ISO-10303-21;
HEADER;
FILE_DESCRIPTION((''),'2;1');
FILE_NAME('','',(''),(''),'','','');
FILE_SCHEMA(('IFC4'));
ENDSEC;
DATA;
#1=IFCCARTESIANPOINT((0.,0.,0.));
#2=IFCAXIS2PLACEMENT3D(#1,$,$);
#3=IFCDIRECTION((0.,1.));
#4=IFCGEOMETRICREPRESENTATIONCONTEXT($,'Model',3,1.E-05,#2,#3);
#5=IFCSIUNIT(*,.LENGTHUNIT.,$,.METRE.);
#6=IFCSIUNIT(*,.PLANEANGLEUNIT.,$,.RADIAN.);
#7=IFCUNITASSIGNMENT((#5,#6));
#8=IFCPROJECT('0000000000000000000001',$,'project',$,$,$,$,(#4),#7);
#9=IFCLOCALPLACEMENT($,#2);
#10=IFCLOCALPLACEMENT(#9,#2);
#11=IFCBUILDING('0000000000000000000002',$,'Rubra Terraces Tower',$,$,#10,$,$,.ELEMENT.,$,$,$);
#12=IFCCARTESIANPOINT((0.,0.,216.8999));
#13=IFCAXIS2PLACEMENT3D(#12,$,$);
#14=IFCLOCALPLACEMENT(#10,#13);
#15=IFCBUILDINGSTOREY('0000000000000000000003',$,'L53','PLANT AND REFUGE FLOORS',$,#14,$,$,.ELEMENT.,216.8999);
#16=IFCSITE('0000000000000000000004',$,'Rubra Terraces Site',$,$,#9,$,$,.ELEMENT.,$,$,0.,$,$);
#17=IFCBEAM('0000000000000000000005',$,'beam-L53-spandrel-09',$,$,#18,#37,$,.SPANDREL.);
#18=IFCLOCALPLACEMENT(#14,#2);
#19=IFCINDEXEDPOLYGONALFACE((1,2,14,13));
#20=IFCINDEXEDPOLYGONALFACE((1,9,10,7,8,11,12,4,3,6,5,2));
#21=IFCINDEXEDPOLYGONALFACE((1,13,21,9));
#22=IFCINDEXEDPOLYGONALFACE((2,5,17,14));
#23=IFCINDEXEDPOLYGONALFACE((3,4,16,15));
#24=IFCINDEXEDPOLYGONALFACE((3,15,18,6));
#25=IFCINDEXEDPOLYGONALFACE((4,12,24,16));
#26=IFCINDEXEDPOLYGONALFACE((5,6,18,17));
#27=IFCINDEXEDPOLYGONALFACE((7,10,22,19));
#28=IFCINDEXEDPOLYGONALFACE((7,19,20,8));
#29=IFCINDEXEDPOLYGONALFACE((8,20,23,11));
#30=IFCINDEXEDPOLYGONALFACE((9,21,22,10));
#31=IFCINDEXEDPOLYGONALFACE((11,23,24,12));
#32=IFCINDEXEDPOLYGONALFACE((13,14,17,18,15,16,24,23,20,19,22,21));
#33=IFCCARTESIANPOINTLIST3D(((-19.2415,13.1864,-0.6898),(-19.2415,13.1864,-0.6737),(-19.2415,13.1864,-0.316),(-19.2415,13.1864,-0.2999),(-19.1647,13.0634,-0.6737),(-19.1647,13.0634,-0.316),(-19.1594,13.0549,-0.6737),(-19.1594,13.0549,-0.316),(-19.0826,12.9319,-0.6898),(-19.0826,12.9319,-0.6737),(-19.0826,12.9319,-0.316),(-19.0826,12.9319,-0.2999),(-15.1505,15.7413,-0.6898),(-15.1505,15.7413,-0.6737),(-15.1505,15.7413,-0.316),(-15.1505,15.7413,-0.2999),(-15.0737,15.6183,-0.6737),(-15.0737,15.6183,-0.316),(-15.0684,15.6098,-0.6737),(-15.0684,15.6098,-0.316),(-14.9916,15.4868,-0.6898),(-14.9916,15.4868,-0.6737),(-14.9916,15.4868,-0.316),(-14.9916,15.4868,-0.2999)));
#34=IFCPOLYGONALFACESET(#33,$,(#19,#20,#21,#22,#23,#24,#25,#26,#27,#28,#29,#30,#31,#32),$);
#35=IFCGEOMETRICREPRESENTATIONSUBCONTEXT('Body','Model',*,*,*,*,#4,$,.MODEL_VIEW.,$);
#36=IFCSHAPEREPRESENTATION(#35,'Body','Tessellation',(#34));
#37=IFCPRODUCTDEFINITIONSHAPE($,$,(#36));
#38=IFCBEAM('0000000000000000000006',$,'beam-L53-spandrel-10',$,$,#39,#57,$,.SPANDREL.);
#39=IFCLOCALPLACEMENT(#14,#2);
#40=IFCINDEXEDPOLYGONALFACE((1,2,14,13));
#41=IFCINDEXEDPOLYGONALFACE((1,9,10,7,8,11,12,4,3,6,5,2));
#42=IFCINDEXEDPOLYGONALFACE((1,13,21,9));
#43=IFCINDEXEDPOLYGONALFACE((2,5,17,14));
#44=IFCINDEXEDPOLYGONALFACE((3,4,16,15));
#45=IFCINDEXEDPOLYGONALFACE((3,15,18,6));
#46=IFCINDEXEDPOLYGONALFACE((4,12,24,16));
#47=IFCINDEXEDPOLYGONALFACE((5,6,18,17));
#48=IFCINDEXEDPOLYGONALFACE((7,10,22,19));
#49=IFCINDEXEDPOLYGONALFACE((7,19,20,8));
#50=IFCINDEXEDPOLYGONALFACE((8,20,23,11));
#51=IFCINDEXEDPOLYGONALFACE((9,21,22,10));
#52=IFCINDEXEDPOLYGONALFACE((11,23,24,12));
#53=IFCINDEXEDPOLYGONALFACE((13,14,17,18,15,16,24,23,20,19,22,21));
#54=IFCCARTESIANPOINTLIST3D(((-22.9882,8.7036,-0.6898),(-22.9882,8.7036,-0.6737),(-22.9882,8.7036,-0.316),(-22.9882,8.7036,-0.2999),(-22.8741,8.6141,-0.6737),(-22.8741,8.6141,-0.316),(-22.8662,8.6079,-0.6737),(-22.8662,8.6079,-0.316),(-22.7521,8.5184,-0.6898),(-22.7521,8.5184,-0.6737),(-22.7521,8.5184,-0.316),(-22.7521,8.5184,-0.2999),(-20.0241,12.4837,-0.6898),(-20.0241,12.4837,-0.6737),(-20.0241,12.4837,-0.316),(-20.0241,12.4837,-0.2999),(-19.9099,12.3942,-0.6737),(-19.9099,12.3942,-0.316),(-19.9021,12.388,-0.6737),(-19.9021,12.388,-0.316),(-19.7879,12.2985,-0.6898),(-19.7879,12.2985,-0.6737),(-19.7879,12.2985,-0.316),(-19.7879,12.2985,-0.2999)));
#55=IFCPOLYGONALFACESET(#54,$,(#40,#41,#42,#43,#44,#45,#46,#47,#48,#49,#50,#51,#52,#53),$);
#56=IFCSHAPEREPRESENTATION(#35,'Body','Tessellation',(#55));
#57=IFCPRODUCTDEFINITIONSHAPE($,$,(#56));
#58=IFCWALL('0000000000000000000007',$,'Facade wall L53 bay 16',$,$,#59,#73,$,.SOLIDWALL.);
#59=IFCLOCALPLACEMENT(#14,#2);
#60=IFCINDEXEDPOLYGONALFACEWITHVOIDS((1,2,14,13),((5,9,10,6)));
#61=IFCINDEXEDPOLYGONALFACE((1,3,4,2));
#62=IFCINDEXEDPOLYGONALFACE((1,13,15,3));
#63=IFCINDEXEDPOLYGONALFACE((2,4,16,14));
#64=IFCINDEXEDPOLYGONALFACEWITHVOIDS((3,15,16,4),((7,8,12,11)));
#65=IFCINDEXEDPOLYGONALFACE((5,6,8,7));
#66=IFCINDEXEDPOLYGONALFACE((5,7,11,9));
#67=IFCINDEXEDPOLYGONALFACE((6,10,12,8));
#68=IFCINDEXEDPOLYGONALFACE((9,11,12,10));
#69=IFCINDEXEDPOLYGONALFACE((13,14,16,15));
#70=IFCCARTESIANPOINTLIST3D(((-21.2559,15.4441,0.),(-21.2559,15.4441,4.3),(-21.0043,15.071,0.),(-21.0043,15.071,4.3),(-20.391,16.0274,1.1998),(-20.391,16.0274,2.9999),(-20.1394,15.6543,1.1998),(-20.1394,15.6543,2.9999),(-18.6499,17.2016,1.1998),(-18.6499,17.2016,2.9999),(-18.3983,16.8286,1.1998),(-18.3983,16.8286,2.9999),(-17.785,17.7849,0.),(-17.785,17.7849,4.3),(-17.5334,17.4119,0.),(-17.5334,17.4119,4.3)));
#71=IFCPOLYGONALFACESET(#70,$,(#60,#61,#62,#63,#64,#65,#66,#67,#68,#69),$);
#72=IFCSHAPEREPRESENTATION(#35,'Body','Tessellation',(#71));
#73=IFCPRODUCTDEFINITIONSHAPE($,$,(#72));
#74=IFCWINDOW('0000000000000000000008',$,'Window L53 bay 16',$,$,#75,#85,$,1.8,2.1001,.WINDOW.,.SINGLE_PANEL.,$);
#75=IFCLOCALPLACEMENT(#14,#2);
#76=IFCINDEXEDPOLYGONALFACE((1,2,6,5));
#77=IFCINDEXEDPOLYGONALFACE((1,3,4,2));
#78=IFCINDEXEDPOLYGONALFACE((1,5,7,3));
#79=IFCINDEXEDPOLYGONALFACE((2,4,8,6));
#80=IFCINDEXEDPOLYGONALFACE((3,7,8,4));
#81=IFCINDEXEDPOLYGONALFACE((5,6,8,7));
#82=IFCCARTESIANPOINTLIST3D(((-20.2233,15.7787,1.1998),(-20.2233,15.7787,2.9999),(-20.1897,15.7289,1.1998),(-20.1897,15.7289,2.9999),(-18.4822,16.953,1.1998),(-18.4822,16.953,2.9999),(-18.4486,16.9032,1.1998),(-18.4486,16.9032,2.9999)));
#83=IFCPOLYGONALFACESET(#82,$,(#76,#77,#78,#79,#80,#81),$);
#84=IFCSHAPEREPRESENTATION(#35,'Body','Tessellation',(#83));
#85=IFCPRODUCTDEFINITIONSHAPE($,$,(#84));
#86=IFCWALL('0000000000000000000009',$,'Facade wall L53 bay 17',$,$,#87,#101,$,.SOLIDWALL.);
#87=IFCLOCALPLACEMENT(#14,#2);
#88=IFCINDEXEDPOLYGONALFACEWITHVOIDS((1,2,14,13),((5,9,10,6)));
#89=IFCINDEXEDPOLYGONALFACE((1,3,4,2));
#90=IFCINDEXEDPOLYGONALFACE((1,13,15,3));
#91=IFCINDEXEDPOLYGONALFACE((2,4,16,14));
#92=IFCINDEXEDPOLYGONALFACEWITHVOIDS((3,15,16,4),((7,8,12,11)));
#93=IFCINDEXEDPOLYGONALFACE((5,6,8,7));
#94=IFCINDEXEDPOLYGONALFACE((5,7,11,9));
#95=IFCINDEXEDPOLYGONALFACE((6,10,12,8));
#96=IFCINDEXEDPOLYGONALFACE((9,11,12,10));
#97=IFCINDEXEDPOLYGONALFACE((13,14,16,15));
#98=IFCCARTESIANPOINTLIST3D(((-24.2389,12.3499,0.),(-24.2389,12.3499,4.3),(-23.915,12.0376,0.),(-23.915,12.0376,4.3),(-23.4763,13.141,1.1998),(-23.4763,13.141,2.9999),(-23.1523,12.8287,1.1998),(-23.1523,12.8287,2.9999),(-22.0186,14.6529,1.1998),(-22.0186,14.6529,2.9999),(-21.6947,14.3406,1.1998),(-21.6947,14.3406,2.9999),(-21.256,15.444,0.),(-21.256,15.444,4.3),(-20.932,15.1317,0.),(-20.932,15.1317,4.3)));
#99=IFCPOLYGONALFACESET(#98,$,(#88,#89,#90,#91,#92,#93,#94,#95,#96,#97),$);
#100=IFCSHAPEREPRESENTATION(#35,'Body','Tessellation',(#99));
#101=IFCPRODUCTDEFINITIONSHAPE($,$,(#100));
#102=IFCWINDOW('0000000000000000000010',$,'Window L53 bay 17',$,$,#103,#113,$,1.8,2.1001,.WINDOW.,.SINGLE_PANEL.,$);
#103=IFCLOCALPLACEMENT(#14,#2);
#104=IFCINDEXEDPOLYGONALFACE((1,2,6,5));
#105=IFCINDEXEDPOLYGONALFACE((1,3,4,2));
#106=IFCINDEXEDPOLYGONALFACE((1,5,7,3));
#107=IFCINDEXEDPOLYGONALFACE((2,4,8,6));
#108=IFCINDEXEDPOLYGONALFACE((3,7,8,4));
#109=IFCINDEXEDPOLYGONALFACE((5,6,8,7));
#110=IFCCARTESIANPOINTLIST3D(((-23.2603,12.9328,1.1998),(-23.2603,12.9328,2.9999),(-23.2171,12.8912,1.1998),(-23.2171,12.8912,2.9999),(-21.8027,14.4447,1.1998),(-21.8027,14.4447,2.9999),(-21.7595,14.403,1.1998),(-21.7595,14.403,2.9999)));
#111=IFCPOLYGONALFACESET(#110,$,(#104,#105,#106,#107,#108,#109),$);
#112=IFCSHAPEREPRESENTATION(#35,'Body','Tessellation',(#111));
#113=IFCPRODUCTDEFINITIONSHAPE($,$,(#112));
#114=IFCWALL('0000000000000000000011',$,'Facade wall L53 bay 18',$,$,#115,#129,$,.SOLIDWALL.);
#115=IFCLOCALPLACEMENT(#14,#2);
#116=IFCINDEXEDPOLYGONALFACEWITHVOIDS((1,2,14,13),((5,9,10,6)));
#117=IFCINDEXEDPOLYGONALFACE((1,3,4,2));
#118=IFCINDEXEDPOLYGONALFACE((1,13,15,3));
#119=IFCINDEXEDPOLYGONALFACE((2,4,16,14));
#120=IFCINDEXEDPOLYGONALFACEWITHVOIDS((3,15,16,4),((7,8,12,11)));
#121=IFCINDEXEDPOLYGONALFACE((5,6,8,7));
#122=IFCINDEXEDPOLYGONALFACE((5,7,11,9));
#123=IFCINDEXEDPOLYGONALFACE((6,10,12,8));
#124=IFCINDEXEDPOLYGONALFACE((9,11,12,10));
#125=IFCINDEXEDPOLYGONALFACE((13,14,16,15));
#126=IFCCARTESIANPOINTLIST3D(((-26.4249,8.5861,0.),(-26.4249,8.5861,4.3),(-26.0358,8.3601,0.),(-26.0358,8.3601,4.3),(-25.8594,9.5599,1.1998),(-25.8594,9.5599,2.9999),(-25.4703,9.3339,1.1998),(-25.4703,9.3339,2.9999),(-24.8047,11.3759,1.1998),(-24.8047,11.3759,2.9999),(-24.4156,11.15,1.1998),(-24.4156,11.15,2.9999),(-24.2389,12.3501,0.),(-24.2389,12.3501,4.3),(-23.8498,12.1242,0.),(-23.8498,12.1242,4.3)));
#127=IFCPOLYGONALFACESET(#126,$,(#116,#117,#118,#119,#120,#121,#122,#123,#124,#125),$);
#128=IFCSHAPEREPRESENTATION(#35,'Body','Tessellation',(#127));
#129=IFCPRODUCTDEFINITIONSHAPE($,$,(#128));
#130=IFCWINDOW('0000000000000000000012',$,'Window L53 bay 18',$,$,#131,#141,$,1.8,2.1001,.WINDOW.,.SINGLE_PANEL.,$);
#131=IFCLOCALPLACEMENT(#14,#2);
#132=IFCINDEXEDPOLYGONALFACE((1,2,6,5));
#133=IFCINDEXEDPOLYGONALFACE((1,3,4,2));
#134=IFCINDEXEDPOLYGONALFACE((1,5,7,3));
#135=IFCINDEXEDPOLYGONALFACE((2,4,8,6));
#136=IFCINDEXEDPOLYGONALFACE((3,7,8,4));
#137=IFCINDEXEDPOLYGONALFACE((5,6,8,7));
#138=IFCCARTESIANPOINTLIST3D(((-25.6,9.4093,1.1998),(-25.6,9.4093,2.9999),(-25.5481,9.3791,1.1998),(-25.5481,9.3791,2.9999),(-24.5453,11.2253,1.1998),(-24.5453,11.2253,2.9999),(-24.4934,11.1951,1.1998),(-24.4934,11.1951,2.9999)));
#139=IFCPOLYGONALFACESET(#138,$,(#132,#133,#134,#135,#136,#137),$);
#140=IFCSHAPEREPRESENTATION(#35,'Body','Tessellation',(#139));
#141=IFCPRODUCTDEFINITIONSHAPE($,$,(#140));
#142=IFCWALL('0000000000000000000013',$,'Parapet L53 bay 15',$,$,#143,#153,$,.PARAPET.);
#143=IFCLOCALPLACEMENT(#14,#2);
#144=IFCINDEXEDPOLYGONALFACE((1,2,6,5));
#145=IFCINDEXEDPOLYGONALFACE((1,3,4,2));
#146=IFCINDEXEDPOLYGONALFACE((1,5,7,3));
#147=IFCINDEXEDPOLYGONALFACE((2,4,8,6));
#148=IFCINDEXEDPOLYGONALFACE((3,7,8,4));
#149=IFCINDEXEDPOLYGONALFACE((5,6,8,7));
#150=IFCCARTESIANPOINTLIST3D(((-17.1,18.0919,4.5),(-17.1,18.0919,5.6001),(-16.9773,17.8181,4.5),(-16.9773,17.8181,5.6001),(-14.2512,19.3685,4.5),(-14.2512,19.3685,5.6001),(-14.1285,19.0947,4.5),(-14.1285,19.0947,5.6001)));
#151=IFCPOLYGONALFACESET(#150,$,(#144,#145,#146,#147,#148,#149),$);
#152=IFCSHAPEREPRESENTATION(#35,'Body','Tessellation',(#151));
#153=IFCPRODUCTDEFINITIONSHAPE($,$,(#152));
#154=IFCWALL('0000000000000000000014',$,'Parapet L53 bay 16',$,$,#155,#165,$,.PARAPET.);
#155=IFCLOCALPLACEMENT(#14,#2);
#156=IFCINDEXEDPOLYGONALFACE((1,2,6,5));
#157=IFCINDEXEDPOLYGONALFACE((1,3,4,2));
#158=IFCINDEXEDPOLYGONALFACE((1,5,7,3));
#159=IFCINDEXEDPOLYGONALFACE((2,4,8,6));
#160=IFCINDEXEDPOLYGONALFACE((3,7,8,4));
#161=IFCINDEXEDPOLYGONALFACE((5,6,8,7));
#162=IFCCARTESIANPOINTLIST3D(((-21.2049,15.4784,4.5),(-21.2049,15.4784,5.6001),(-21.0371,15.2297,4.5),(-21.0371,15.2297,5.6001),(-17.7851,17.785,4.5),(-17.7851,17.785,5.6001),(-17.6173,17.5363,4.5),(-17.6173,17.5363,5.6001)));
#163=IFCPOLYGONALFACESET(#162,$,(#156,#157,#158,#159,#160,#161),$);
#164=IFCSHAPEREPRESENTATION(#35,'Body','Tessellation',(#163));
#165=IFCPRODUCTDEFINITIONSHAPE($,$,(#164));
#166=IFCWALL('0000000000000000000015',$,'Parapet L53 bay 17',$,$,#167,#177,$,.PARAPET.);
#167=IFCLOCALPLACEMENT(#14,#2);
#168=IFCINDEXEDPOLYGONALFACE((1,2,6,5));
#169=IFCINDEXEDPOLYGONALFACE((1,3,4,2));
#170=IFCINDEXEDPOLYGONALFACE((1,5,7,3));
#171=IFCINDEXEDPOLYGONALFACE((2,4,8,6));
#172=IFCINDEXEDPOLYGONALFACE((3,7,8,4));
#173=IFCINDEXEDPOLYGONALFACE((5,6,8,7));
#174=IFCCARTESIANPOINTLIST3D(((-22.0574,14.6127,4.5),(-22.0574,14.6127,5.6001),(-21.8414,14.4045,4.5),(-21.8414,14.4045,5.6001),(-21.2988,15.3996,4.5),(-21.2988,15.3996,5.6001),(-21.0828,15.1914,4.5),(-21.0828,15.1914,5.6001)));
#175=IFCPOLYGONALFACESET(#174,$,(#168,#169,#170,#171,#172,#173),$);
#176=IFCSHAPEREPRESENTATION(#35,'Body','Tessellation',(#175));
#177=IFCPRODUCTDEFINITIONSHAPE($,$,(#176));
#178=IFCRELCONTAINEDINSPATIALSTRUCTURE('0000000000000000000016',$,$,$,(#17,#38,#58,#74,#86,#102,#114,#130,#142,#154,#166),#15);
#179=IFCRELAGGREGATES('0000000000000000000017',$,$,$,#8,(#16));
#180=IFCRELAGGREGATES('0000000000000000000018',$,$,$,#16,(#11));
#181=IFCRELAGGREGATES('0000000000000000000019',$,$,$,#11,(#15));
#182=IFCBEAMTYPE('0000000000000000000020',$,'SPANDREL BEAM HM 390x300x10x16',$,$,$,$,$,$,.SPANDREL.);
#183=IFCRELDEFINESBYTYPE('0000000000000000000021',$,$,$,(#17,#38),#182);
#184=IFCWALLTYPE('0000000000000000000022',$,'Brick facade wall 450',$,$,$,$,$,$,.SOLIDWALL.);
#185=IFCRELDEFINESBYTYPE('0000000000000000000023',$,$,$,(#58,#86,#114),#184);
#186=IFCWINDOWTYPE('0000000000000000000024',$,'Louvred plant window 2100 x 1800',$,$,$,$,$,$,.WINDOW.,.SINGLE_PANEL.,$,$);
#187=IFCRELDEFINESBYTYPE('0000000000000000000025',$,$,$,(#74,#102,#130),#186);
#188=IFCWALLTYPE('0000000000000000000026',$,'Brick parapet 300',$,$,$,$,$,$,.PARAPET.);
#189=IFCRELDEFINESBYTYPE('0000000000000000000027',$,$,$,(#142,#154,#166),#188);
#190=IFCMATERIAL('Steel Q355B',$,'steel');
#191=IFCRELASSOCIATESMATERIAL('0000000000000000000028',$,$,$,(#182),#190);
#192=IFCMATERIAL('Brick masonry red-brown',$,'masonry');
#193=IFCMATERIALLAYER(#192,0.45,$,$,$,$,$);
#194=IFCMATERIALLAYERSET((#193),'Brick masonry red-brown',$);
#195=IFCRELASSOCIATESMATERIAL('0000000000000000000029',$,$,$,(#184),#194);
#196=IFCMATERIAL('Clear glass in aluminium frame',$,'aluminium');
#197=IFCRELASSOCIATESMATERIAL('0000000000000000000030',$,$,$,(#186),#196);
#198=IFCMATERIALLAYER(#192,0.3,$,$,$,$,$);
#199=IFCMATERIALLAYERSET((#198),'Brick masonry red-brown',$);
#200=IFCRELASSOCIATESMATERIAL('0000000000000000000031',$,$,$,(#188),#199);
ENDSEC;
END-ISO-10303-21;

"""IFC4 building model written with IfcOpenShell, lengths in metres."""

from ifc_helpers import new_model, si_unit, direction, frame, frame_2d, origin, origin_2d, place, context, subcontext, project, spatial, rectangle, i_section, extrude, material, layer, layer_set, material_profile, profile_set, type_object, element, fill, save


model = new_model("IFC4")

# Units and contexts
model_context = context("Model", 3, precision=1e-05, world=origin(), true_north=direction((0.0, 1.0)))
body_context = subcontext(model_context, "Body", "Model", "MODEL_VIEW")
ifc_project = project(units=[si_unit("LENGTHUNIT", "METRE"), si_unit("PLANEANGLEUNIT", "RADIAN")], contexts=[model_context])

# Site, building, storey
site_placement = place(None, origin())
site = spatial("IfcSite", under=ifc_project, at=site_placement, Name="Rubra Terraces Site", CompositionType="ELEMENT", RefElevation=0.0)
building_placement = place(site_placement, origin())
building = spatial("IfcBuilding", under=site, at=building_placement, Name="Rubra Terraces Tower", CompositionType="ELEMENT")
storey_placement = place(building_placement, frame((0.0, 0.0, 216.8999)))
storey = spatial("IfcBuildingStorey", under=building, at=storey_placement, Name="L53", Description="PLANT AND REFUGE FLOORS", CompositionType="ELEMENT", Elevation=216.8999)

# Shared definitions
ifc_material_1 = material(Name="Steel Q355B", Category="steel")

# Beams
ifc_material_profile_1 = material_profile(ifc_material_1, i_section(OverallWidth=0.3, OverallDepth=0.3899, WebThickness=0.01, FlangeThickness=0.0161, at=origin_2d()), Name="HM 390x300x10x16")
ifc_profile_set_1 = profile_set([ifc_material_profile_1], Name="Steel Q355B")
beam_type_1 = type_object("IfcBeamType", Name="SPANDREL BEAM HM 390x300x10x16", PredefinedType="SPANDREL", material=ifc_profile_set_1)
beam_1_placement = place(storey_placement, frame((-15.071, 15.614, -0.4949), z_axis=(-0.848183, -0.529703, 0.0), x_axis=(0.529703, -0.848183, 0.0)))
element("IfcBeam", 1, at=beam_1_placement, inside=storey, type_object=beam_type_1, Name="beam-L53-spandrel-09", PredefinedType="SPANDREL", context=body_context, shape_type="SweptSolid", body=[
    extrude(i_section(OverallWidth=0.3, OverallDepth=0.3899, WebThickness=0.01, FlangeThickness=0.0161, at=origin_2d()), origin(), (0.0, 0.0, 1.0), 4.8232),
])
beam_2_placement = place(storey_placement, frame((-19.906, 12.3911, -0.4949), z_axis=(-0.61706, -0.786916, 0.0), x_axis=(0.786916, -0.61706, 0.0)))
element("IfcBeam", 2, at=beam_2_placement, inside=storey, type_object=beam_type_1, Name="beam-L53-spandrel-10", PredefinedType="SPANDREL", context=body_context, shape_type="SweptSolid", body=[
    extrude(i_section(OverallWidth=0.3, OverallDepth=0.3899, WebThickness=0.01, FlangeThickness=0.0161, at=origin_2d()), origin(), (0.0, 0.0, 1.0), 4.8037),
])

# Walls, openings, windows
ifc_material_2 = material(Name="Brick masonry red-brown", Category="masonry")
ifc_layer_1 = layer(ifc_material_2, 0.45)
ifc_layer_set_1 = layer_set([ifc_layer_1], Name="Brick masonry red-brown")
wall_type_1 = type_object("IfcWallType", Name="Brick facade wall 450", PredefinedType="SOLIDWALL", material=ifc_layer_set_1)
wall_1_placement = place(storey_placement, frame((-17.6592, 17.5984, 0.0), z_axis=(0.0, 0.0, 1.0), x_axis=(-0.829078, -0.559133, 0.0)))
wall_1 = element("IfcWall", 3, at=wall_1_placement, inside=storey, type_object=wall_type_1, Name="Facade wall L53 bay 16", PredefinedType="SOLIDWALL", context=body_context, shape_type="SweptSolid", body=[
    extrude(rectangle(XDim=4.1865, YDim=0.45, at=frame_2d((2.0933, 0.0))), origin(), (0.0, 0.0, 1.0), 4.3),
])
opening_1_placement = place(wall_1_placement, frame((1.0432, 0.0, 1.2)))
opening_1 = element("IfcOpeningElement", 4, at=opening_1_placement, cuts=wall_1, PredefinedType="OPENING", context=body_context, shape_type="SweptSolid", body=[
    extrude(rectangle(XDim=2.1001, YDim=1.8, at=frame_2d((1.05, 0.8999))), frame((0.0, 0.2349, 0.0), z_axis=(0.0, -1.0, 0.0), x_axis=(1.0, 0.0, 0.0)), (0.0, 0.0, 1.0), 0.47),
])
ifc_material_3 = material(Name="Clear glass in aluminium frame", Category="aluminium")
window_type = type_object("IfcWindowType", Name="Louvred plant window 2100 x 1800", PartitioningType="SINGLE_PANEL", PredefinedType="WINDOW", material=ifc_material_3)
window_1_placement = place(opening_1_placement, origin())
window_1 = element("IfcWindow", 5, at=window_1_placement, inside=storey, type_object=window_type, Name="Window L53 bay 16", OverallHeight=1.8, OverallWidth=2.1001, PartitioningType="SINGLE_PANEL", PredefinedType="WINDOW", context=body_context, shape_type="SweptSolid", body=[
    extrude(rectangle(XDim=2.1001, YDim=1.8, at=frame_2d((1.05, 0.8999))), frame((0.0, 0.135, 0.0), z_axis=(0.0, -1.0, 0.0), x_axis=(1.0, 0.0, 0.0)), (0.0, 0.0, 1.0), 0.0601),
])
fill(opening_1, window_1)
wall_2_placement = place(storey_placement, frame((-21.094, 15.2878, 0.0), z_axis=(0.0, 0.0, 1.0), x_axis=(-0.694065, -0.719912, 0.0)))
wall_2 = element("IfcWall", 6, at=wall_2_placement, inside=storey, type_object=wall_type_1, Name="Facade wall L53 bay 17", PredefinedType="SOLIDWALL", context=body_context, shape_type="SweptSolid", body=[
    extrude(rectangle(XDim=4.2979, YDim=0.45, at=frame_2d((2.1489, 0.0))), origin(), (0.0, 0.0, 1.0), 4.3),
])
opening_2_placement = place(wall_2_placement, frame((1.0989, 0.0, 1.2)))
opening_2 = element("IfcOpeningElement", 7, at=opening_2_placement, cuts=wall_2, PredefinedType="OPENING", context=body_context, shape_type="SweptSolid", body=[
    extrude(rectangle(XDim=2.1001, YDim=1.8, at=frame_2d((1.05, 0.8999))), frame((0.0, 0.2349, 0.0), z_axis=(0.0, -1.0, 0.0), x_axis=(1.0, 0.0, 0.0)), (0.0, 0.0, 1.0), 0.47),
])
window_2_placement = place(opening_2_placement, origin())
window_2 = element("IfcWindow", 8, at=window_2_placement, inside=storey, type_object=window_type, Name="Window L53 bay 17", OverallHeight=1.8, OverallWidth=2.1001, PartitioningType="SINGLE_PANEL", PredefinedType="WINDOW", context=body_context, shape_type="SweptSolid", body=[
    extrude(rectangle(XDim=2.1001, YDim=1.8, at=frame_2d((1.05, 0.8999))), frame((0.0, 0.135, 0.0), z_axis=(0.0, -1.0, 0.0), x_axis=(1.0, 0.0, 0.0)), (0.0, 0.0, 1.0), 0.0601),
])
fill(opening_2, window_2)
wall_3_placement = place(storey_placement, frame((-24.0444, 12.2371, 0.0), z_axis=(0.0, 0.0, 1.0), x_axis=(-0.502203, -0.86475, 0.0)))
wall_3 = element("IfcWall", 9, at=wall_3_placement, inside=storey, type_object=wall_type_1, Name="Facade wall L53 bay 18", PredefinedType="SOLIDWALL", context=body_context, shape_type="SweptSolid", body=[
    extrude(rectangle(XDim=4.3528, YDim=0.45, at=frame_2d((2.1763, 0.0))), origin(), (0.0, 0.0, 1.0), 4.3),
])
opening_3_placement = place(wall_3_placement, frame((1.1265, 0.0, 1.2)))
opening_3 = element("IfcOpeningElement", 10, at=opening_3_placement, cuts=wall_3, PredefinedType="OPENING", context=body_context, shape_type="SweptSolid", body=[
    extrude(rectangle(XDim=2.1001, YDim=1.8, at=frame_2d((1.05, 0.8999))), frame((0.0, 0.2349, 0.0), z_axis=(0.0, -1.0, 0.0), x_axis=(1.0, 0.0, 0.0)), (0.0, 0.0, 1.0), 0.47),
])
window_3_placement = place(opening_3_placement, origin())
window_3 = element("IfcWindow", 11, at=window_3_placement, inside=storey, type_object=window_type, Name="Window L53 bay 18", OverallHeight=1.8, OverallWidth=2.1001, PartitioningType="SINGLE_PANEL", PredefinedType="WINDOW", context=body_context, shape_type="SweptSolid", body=[
    extrude(rectangle(XDim=2.1001, YDim=1.8, at=frame_2d((1.05, 0.8999))), frame((0.0, 0.135, 0.0), z_axis=(0.0, -1.0, 0.0), x_axis=(1.0, 0.0, 0.0)), (0.0, 0.0, 1.0), 0.0601),
])
fill(opening_3, window_3)

# Walls
ifc_layer_2 = layer(ifc_material_2, 0.3)
ifc_layer_set_2 = layer_set([ifc_layer_2], Name="Brick masonry red-brown")
wall_type_2 = type_object("IfcWallType", Name="Brick parapet 300", PredefinedType="PARAPET", material=ifc_layer_set_2)
wall_4_placement = place(storey_placement, frame((-14.1897, 19.2317, 4.5), z_axis=(0.0, 0.0, 1.0), x_axis=(-0.912566, -0.40893, 0.0)))
element("IfcWall", 12, at=wall_4_placement, inside=storey, type_object=wall_type_2, Name="Parapet L53 bay 15", PredefinedType="PARAPET", context=body_context, shape_type="SweptSolid", body=[
    extrude(rectangle(XDim=3.1218, YDim=0.3, at=frame_2d((1.561, 0.0))), origin(), (0.0, 0.0, 1.0), 1.1001),
])
wall_5_placement = place(storey_placement, frame((-17.7012, 17.6606, 4.5), z_axis=(0.0, 0.0, 1.0), x_axis=(-0.829052, -0.559172, 0.0)))
element("IfcWall", 13, at=wall_5_placement, inside=storey, type_object=wall_type_2, Name="Parapet L53 bay 16", PredefinedType="PARAPET", context=body_context, shape_type="SweptSolid", body=[
    extrude(rectangle(XDim=4.125, YDim=0.3, at=frame_2d((2.0625, 0.0))), origin(), (0.0, 0.0, 1.0), 1.1001),
])
wall_6_placement = place(storey_placement, frame((-21.1909, 15.2954, 4.5), z_axis=(0.0, 0.0, 1.0), x_axis=(-0.694032, -0.719944, 0.0)))
element("IfcWall", 14, at=wall_6_placement, inside=storey, type_object=wall_type_2, Name="Parapet L53 bay 17", PredefinedType="PARAPET", context=body_context, shape_type="SweptSolid", body=[
    extrude(rectangle(XDim=1.093, YDim=0.3, at=frame_2d((0.5464, 0.0))), origin(), (0.0, 0.0, 1.0), 1.1001),
])

save(model, "model.ifc")
